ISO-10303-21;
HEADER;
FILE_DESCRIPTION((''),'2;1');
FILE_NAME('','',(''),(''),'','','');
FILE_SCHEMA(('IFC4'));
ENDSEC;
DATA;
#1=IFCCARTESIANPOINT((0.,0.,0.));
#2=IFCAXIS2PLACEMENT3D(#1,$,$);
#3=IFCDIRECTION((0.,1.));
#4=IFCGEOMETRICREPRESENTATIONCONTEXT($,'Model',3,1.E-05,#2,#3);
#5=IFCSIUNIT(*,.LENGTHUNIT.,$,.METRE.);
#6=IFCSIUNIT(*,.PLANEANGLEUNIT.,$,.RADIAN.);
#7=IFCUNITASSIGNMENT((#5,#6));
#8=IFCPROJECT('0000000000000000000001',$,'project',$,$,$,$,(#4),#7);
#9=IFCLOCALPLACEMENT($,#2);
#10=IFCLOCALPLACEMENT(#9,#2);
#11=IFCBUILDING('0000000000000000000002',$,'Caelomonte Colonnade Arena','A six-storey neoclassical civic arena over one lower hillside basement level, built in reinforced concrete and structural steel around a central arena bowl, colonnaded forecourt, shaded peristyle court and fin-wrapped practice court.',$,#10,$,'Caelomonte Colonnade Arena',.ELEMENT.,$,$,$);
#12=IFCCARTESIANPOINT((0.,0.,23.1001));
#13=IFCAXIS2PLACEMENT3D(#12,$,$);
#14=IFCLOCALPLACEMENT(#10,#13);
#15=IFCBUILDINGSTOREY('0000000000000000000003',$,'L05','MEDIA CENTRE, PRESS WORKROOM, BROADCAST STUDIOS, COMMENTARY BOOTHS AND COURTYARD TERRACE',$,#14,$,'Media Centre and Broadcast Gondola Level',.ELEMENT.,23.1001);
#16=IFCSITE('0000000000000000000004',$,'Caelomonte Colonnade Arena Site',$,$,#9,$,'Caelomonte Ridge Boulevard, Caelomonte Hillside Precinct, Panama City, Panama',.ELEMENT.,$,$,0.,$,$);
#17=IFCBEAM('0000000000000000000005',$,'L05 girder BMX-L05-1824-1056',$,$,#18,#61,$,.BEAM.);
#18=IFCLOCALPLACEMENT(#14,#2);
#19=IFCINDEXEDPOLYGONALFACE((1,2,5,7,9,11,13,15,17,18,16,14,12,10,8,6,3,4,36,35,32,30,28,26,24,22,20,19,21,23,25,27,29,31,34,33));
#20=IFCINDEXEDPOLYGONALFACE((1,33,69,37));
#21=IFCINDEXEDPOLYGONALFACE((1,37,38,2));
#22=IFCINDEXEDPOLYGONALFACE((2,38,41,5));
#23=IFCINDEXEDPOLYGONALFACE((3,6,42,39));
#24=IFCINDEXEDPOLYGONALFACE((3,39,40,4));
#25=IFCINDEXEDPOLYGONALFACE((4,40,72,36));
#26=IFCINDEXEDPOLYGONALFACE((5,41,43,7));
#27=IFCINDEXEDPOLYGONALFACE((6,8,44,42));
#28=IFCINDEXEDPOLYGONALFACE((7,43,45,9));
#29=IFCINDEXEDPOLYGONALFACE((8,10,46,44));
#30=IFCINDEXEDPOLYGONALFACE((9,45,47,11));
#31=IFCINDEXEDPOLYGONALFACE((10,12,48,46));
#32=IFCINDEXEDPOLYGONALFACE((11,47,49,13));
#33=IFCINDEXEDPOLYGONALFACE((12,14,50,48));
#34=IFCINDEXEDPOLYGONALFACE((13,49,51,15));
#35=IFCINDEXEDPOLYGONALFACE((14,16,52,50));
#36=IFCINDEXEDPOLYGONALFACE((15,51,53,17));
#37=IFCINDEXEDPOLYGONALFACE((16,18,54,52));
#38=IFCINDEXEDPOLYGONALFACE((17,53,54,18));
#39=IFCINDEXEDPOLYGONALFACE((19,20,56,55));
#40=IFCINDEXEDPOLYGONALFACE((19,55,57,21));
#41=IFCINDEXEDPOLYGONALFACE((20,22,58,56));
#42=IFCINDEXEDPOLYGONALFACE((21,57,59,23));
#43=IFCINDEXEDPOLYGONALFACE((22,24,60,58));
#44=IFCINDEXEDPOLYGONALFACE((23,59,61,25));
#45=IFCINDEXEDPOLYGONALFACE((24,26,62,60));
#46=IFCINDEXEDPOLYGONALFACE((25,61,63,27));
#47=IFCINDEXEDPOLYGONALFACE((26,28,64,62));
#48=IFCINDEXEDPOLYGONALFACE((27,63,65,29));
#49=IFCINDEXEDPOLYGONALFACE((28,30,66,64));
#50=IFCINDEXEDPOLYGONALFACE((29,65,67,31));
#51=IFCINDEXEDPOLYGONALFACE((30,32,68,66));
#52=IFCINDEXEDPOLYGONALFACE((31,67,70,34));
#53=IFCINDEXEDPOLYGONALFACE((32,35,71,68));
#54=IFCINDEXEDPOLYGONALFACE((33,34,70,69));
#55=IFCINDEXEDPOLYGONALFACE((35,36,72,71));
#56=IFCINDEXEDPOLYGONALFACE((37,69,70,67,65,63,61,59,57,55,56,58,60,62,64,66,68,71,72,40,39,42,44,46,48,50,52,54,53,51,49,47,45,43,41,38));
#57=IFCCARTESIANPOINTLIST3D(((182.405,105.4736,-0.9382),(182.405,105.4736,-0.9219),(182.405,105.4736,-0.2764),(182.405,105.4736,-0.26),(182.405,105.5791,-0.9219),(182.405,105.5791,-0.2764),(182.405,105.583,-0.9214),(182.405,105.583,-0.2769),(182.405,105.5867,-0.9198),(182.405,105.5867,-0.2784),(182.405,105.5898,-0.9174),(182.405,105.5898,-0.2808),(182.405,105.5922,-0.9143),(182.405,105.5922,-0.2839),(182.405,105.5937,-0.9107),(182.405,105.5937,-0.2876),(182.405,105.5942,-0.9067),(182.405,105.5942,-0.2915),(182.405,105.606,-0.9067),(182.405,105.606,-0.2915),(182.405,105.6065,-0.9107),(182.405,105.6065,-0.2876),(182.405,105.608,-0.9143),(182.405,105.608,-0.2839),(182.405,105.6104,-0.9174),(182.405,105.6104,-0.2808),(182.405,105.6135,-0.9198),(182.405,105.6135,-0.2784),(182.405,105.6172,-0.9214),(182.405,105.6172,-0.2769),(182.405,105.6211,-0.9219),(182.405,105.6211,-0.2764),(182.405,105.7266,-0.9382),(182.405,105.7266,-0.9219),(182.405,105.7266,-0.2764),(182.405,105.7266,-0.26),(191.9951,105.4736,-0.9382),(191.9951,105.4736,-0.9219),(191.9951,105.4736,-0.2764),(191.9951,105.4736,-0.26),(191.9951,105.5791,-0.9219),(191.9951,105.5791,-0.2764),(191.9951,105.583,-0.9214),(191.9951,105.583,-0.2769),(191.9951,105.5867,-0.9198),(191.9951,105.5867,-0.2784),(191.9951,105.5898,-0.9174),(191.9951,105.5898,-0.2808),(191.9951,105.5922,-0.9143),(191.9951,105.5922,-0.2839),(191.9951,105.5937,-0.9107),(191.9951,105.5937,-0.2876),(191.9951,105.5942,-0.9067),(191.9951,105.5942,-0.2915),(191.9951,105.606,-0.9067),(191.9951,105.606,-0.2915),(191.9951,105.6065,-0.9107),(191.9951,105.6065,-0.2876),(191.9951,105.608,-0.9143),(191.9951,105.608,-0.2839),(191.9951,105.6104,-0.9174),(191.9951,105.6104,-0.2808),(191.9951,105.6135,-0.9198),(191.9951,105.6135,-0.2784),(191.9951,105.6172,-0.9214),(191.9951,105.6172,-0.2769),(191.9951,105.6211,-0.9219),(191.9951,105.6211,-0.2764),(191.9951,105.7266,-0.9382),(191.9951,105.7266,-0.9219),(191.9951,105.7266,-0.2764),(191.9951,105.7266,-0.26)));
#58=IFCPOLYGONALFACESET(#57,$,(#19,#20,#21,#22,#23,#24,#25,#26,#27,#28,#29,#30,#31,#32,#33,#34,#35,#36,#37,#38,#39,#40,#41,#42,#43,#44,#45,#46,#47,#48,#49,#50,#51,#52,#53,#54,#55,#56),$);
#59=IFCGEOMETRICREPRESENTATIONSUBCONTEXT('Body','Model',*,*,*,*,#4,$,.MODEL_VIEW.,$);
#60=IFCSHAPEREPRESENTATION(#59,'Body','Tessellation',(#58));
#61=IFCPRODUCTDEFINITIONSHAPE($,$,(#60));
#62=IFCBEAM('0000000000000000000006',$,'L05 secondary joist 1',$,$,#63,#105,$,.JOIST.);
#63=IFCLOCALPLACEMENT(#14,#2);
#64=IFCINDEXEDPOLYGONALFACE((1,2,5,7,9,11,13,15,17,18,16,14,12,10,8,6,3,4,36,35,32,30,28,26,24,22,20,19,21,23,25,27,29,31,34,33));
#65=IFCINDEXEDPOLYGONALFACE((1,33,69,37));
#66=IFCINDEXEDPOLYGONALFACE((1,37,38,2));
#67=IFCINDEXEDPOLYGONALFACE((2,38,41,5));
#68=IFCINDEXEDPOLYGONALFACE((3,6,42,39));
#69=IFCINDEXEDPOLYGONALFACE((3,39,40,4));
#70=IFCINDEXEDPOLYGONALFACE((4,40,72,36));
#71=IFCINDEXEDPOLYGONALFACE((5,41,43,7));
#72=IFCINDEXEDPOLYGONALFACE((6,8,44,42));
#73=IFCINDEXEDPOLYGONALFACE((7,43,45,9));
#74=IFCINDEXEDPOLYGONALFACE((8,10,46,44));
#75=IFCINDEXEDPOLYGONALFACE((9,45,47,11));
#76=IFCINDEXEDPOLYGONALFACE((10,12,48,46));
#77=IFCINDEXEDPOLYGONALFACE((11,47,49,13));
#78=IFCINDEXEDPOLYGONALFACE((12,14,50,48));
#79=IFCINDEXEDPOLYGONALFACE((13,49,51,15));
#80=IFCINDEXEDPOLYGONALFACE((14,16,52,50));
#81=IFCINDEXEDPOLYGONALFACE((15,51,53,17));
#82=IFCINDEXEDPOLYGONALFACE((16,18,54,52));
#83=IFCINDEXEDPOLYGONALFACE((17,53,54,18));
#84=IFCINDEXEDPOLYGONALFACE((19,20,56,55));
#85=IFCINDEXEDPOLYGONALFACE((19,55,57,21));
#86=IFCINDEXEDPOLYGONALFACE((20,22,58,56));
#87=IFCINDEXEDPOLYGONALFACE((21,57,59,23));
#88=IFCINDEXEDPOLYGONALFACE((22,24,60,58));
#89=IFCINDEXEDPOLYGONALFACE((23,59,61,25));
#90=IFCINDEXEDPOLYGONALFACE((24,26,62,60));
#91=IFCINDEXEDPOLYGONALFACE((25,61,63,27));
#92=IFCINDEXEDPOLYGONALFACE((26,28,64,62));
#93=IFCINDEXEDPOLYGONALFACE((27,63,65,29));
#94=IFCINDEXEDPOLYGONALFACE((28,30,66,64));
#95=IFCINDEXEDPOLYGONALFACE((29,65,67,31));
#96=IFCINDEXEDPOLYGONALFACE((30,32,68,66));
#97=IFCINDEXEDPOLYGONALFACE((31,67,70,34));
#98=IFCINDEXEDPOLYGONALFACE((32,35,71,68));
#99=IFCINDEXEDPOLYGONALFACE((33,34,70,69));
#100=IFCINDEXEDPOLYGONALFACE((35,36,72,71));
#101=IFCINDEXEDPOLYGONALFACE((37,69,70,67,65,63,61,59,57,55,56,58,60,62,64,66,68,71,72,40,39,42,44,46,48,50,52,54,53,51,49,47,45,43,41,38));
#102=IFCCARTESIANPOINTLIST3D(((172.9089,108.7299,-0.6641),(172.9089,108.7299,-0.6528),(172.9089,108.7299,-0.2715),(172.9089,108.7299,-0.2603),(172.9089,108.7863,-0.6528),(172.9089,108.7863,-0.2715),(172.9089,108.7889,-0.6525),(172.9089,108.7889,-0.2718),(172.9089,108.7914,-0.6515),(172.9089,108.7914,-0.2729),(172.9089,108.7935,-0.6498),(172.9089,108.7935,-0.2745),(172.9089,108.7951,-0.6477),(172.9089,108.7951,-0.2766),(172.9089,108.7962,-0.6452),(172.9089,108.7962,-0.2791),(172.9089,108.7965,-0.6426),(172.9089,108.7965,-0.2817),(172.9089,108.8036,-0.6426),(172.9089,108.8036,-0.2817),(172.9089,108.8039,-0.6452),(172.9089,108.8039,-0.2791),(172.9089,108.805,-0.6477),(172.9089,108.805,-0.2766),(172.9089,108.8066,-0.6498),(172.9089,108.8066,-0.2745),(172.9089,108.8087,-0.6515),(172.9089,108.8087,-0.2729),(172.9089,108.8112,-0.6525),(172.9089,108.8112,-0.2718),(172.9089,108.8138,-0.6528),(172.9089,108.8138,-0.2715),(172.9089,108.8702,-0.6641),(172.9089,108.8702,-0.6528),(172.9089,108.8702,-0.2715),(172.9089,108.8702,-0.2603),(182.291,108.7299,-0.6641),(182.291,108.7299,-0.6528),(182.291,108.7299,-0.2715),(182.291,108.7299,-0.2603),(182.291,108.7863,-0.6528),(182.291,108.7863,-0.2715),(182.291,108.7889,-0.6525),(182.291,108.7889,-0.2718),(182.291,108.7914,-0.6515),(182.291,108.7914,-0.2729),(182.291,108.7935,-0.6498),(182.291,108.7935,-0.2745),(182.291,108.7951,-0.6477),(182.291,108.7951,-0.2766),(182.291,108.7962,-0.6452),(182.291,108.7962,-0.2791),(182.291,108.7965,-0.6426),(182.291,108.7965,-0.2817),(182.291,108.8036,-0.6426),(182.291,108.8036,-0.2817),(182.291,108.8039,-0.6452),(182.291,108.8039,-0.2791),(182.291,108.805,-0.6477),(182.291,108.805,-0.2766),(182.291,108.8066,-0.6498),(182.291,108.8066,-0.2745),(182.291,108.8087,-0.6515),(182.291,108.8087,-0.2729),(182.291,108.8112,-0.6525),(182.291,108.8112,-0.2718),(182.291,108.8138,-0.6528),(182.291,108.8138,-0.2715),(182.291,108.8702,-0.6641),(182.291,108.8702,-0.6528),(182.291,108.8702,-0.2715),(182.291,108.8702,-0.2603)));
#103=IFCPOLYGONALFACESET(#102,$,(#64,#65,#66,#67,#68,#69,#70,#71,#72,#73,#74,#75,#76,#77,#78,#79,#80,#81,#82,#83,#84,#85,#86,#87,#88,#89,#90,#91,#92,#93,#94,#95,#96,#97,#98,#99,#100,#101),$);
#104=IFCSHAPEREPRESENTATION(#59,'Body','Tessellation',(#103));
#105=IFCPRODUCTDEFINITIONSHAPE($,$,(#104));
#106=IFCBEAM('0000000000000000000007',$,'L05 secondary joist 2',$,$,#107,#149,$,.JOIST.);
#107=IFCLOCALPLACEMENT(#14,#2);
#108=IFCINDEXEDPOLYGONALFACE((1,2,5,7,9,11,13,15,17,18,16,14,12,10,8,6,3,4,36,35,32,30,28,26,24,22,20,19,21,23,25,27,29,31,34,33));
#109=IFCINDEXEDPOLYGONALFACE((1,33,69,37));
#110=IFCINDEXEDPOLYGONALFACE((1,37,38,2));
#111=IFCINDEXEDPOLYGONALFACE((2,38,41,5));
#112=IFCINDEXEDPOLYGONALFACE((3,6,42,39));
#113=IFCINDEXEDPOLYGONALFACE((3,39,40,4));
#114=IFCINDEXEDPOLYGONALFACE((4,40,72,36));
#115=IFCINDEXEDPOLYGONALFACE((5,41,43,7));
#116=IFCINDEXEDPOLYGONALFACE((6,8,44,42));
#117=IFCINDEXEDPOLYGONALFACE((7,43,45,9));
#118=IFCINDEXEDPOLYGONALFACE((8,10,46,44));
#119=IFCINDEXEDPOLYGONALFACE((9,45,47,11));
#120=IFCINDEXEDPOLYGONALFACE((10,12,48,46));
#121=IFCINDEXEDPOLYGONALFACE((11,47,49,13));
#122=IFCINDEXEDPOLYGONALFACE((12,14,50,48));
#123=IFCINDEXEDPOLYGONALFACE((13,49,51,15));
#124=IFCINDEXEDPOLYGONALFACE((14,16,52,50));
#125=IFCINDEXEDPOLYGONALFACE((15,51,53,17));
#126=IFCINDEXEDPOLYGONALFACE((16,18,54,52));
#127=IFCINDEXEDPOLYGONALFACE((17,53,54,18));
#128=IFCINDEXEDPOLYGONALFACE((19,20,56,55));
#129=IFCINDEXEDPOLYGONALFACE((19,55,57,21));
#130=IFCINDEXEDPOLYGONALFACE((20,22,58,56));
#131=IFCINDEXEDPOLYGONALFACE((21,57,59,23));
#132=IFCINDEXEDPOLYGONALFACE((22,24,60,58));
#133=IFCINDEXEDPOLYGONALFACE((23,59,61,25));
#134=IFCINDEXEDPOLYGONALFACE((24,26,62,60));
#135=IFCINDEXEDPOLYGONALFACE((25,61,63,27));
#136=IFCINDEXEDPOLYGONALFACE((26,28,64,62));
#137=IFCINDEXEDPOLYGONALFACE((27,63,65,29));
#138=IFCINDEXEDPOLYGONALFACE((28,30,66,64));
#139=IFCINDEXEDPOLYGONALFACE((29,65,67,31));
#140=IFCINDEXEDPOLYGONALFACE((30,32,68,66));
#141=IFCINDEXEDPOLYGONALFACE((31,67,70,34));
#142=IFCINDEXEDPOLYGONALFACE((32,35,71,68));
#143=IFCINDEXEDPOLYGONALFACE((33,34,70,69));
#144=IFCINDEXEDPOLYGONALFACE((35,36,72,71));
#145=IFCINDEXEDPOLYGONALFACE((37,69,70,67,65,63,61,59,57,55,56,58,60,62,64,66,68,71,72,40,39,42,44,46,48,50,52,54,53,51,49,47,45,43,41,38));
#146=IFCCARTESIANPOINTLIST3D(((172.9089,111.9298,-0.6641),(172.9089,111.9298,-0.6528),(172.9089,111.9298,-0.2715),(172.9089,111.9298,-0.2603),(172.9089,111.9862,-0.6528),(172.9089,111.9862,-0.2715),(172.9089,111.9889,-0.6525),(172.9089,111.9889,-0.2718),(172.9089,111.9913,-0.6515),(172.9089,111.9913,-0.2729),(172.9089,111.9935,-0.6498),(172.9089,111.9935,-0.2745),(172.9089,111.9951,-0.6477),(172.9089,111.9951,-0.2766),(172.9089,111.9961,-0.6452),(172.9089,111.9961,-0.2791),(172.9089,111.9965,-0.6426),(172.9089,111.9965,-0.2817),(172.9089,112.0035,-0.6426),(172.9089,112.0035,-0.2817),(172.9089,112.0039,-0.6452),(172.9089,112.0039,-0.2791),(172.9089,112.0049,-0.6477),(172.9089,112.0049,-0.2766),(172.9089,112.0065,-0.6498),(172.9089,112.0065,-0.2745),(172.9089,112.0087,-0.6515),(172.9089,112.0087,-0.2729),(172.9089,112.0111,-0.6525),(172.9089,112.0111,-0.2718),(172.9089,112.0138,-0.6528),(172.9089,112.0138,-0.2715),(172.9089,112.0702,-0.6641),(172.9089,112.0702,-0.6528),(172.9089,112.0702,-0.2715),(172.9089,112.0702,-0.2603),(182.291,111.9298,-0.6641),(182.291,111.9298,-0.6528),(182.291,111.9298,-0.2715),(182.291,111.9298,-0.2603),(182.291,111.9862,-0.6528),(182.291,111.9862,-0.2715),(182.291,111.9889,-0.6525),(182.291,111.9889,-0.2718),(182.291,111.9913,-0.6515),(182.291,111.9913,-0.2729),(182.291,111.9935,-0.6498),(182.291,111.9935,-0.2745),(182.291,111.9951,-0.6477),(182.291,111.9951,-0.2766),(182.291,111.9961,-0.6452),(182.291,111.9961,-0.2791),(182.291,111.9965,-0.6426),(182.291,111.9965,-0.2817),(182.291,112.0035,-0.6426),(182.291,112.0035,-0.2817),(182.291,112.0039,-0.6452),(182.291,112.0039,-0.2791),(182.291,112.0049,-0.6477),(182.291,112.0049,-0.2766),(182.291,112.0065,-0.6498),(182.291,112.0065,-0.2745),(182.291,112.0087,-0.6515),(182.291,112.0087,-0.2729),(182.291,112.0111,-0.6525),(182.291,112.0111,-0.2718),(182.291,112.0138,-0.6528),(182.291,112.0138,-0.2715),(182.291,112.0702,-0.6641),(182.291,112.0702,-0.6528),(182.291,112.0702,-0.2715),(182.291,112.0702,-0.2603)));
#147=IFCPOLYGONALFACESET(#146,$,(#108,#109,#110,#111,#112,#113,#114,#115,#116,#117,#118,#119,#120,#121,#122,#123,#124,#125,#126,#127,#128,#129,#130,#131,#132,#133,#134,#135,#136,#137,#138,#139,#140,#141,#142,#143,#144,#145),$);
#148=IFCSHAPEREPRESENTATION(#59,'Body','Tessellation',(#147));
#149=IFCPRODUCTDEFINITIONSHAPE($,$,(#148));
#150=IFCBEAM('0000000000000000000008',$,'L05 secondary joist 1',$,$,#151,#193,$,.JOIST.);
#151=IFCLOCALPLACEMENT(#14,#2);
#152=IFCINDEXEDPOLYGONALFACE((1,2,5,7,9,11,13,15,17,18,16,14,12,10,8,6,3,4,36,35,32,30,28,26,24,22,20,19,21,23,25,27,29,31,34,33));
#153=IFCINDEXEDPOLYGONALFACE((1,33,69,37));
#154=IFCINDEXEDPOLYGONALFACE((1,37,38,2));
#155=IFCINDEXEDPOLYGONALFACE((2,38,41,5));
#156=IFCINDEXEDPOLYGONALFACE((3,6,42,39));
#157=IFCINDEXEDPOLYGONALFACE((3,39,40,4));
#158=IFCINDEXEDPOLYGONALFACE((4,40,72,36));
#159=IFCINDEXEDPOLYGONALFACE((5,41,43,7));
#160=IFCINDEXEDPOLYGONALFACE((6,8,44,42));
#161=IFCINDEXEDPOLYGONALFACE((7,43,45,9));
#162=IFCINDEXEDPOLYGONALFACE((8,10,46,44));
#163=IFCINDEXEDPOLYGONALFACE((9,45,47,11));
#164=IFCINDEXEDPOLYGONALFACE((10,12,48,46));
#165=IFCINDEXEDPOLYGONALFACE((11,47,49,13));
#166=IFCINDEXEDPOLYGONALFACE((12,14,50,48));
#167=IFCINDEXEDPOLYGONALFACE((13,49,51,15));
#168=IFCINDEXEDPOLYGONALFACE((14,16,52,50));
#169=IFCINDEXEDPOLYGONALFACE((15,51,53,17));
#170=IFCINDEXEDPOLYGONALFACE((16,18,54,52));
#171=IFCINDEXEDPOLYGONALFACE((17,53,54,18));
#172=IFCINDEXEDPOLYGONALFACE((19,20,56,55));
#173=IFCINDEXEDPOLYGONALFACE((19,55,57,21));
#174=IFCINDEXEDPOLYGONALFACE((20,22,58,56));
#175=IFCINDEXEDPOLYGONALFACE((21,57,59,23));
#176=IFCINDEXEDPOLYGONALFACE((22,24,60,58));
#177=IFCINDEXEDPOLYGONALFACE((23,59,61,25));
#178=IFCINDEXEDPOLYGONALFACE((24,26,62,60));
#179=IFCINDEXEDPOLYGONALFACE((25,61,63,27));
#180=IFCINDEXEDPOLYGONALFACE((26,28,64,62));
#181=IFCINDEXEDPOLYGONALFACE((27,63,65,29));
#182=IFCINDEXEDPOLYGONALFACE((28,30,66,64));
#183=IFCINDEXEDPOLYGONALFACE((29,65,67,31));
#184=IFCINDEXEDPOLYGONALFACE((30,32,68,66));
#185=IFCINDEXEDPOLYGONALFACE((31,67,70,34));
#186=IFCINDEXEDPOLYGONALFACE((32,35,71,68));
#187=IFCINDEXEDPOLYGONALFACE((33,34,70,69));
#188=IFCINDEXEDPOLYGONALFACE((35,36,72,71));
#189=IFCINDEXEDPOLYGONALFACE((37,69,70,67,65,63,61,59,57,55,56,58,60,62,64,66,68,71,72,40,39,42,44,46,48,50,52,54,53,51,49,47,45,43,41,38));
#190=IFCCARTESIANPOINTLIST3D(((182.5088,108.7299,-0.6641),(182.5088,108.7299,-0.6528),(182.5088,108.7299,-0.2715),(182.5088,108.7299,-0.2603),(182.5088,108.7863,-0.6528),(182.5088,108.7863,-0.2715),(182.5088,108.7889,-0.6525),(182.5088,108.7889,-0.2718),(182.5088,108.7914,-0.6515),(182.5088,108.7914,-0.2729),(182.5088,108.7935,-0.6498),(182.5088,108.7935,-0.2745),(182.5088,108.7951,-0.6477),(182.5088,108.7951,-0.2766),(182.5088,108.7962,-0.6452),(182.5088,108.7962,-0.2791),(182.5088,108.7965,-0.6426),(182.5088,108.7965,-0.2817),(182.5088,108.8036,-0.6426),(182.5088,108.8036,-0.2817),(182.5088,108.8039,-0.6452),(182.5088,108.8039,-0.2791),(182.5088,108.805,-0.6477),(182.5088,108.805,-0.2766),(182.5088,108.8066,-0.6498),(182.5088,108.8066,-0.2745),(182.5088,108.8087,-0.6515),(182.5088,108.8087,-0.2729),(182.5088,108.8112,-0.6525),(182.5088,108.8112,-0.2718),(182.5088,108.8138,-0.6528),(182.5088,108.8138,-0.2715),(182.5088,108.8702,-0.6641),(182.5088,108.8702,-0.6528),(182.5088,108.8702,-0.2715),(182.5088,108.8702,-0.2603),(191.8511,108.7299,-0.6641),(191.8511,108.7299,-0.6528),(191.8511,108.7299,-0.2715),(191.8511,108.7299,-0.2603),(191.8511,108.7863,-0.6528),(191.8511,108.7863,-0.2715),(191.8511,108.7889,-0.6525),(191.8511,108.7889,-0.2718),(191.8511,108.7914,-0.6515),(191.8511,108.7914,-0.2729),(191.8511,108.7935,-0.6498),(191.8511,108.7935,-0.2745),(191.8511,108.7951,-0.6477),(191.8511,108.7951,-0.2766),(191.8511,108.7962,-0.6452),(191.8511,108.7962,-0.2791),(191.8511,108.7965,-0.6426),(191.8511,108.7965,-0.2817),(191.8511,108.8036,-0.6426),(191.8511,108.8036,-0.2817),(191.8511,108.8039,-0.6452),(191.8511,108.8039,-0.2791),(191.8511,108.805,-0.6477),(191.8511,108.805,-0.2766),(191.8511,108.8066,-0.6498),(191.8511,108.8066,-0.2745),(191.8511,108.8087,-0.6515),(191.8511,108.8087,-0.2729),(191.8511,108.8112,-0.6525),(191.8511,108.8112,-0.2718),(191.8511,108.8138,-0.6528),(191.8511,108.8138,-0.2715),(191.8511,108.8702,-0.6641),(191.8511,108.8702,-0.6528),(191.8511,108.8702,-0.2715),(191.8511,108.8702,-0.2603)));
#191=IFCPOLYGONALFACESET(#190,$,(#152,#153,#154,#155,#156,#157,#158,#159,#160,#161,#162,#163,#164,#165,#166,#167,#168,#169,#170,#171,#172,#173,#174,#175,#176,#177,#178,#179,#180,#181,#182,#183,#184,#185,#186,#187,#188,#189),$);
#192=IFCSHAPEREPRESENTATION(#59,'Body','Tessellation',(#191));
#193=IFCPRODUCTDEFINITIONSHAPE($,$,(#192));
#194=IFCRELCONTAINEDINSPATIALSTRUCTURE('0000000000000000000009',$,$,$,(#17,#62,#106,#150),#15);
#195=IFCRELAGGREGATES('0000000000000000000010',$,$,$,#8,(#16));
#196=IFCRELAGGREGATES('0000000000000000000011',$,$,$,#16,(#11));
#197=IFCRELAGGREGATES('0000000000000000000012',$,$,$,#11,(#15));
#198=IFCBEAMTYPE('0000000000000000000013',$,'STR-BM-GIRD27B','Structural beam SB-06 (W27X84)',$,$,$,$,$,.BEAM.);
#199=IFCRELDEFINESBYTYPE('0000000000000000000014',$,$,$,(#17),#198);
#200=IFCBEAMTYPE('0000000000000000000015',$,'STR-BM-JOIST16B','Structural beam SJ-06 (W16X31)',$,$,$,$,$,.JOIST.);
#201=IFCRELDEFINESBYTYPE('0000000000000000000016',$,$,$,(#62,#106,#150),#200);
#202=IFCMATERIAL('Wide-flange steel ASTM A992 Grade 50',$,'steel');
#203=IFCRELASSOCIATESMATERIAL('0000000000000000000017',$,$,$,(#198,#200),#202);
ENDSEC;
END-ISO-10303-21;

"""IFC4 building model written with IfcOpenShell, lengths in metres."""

from ifc_helpers import new_model, si_unit, direction, frame, origin, origin_2d, place, context, subcontext, project, spatial, i_section, extrude, material, material_profile, profile_set, type_object, element, save


model = new_model("IFC4")

# Units and contexts
model_context = context("Model", 3, precision=1e-05, world=origin(), true_north=direction((0.0, 1.0)))
body_context = subcontext(model_context, "Body", "Model", "MODEL_VIEW")
ifc_project = project(units=[si_unit("LENGTHUNIT", "METRE"), si_unit("PLANEANGLEUNIT", "RADIAN")], contexts=[model_context])

# Site, building, storey
site_placement = place(None, origin())
site = spatial("IfcSite", under=ifc_project, at=site_placement, Name="Caelomonte Colonnade Arena Site", LongName="Caelomonte Ridge Boulevard, Caelomonte Hillside Precinct, Panama City, Panama", CompositionType="ELEMENT", RefElevation=0.0)
building_placement = place(site_placement, origin())
building = spatial("IfcBuilding", under=site, at=building_placement, Name="Caelomonte Colonnade Arena", Description="A six-storey neoclassical civic arena over one lower hillside basement level, built in reinforced concrete and structural steel around a central arena bowl, colonnaded forecourt, shaded peristyle court and fin-wrapped practice court.", LongName="Caelomonte Colonnade Arena", CompositionType="ELEMENT")
storey_placement = place(building_placement, frame((0.0, 0.0, 23.1001)))
storey = spatial("IfcBuildingStorey", under=building, at=storey_placement, Name="L05", Description="MEDIA CENTRE, PRESS WORKROOM, BROADCAST STUDIOS, COMMENTARY BOOTHS AND COURTYARD TERRACE", LongName="Media Centre and Broadcast Gondola Level", CompositionType="ELEMENT", Elevation=23.1001)

# Shared definitions
ifc_material_1 = material(Name="Wide-flange steel ASTM A992 Grade 50", Category="steel")

# Beams
ifc_material_profile_1 = material_profile(ifc_material_1, i_section(OverallWidth=0.2529, OverallDepth=0.6782, WebThickness=0.0117, FlangeThickness=0.0164, FilletRadius=0.0151, at=origin_2d()), Name="W27X84")
ifc_profile_set_1 = profile_set([ifc_material_profile_1], Name="Wide-flange steel ASTM A992 Grade 50")
beam_type_1 = type_object("IfcBeamType", Name="STR-BM-GIRD27B", Description="Structural beam SB-06 (W27X84)", PredefinedType="BEAM", material=ifc_profile_set_1)
for number, where, z_axis, x_axis, name in (
    (1, (182.405, 105.6001, -0.5991), (1.0, 0.0, 0.0), (0.0, 1.0, 0.0), "L05 girder BMX-L05-1824-1056"),
):
    element("IfcBeam", number, at=place(storey_placement, frame(where, z_axis=z_axis, x_axis=x_axis)), inside=storey, type_object=beam_type_1, Name=name, PredefinedType="BEAM", context=body_context, shape_type="SweptSolid", body=[
        extrude(i_section(OverallWidth=0.2529, OverallDepth=0.6782, WebThickness=0.0117, FlangeThickness=0.0164, FilletRadius=0.0151, at=origin_2d()), origin(), (0.0, 0.0, 1.0), 9.5901),
    ])
ifc_material_profile_2 = material_profile(ifc_material_1, i_section(OverallWidth=0.1404, OverallDepth=0.4038, WebThickness=0.0071, FlangeThickness=0.0112, FilletRadius=0.0103, at=origin_2d()), Name="W16X31")
ifc_profile_set_2 = profile_set([ifc_material_profile_2], Name="Wide-flange steel ASTM A992 Grade 50")
beam_type_2 = type_object("IfcBeamType", Name="STR-BM-JOIST16B", Description="Structural beam SJ-06 (W16X31)", PredefinedType="JOIST", material=ifc_profile_set_2)
for number, where, z_axis, x_axis, name in (
    (2, (172.9089, 108.8, -0.4622), (1.0, 0.0, 0.0), (0.0, 1.0, 0.0), "L05 secondary joist 1"),
    (3, (172.9089, 112.0, -0.4622), (1.0, 0.0, 0.0), (0.0, 1.0, 0.0), "L05 secondary joist 2"),
):
    element("IfcBeam", number, at=place(storey_placement, frame(where, z_axis=z_axis, x_axis=x_axis)), inside=storey, type_object=beam_type_2, Name=name, PredefinedType="JOIST", context=body_context, shape_type="SweptSolid", body=[
        extrude(i_section(OverallWidth=0.1404, OverallDepth=0.4038, WebThickness=0.0071, FlangeThickness=0.0112, FilletRadius=0.0103, at=origin_2d()), origin(), (0.0, 0.0, 1.0), 9.3821),
    ])
for number, where, z_axis, x_axis, name in (
    (4, (182.5088, 108.8, -0.4622), (1.0, 0.0, 0.0), (0.0, 1.0, 0.0), "L05 secondary joist 1"),
):
    element("IfcBeam", number, at=place(storey_placement, frame(where, z_axis=z_axis, x_axis=x_axis)), inside=storey, type_object=beam_type_2, Name=name, PredefinedType="JOIST", context=body_context, shape_type="SweptSolid", body=[
        extrude(i_section(OverallWidth=0.1404, OverallDepth=0.4038, WebThickness=0.0071, FlangeThickness=0.0112, FilletRadius=0.0103, at=origin_2d()), origin(), (0.0, 0.0, 1.0), 9.3423),
    ])

save(model, "model.ifc")
